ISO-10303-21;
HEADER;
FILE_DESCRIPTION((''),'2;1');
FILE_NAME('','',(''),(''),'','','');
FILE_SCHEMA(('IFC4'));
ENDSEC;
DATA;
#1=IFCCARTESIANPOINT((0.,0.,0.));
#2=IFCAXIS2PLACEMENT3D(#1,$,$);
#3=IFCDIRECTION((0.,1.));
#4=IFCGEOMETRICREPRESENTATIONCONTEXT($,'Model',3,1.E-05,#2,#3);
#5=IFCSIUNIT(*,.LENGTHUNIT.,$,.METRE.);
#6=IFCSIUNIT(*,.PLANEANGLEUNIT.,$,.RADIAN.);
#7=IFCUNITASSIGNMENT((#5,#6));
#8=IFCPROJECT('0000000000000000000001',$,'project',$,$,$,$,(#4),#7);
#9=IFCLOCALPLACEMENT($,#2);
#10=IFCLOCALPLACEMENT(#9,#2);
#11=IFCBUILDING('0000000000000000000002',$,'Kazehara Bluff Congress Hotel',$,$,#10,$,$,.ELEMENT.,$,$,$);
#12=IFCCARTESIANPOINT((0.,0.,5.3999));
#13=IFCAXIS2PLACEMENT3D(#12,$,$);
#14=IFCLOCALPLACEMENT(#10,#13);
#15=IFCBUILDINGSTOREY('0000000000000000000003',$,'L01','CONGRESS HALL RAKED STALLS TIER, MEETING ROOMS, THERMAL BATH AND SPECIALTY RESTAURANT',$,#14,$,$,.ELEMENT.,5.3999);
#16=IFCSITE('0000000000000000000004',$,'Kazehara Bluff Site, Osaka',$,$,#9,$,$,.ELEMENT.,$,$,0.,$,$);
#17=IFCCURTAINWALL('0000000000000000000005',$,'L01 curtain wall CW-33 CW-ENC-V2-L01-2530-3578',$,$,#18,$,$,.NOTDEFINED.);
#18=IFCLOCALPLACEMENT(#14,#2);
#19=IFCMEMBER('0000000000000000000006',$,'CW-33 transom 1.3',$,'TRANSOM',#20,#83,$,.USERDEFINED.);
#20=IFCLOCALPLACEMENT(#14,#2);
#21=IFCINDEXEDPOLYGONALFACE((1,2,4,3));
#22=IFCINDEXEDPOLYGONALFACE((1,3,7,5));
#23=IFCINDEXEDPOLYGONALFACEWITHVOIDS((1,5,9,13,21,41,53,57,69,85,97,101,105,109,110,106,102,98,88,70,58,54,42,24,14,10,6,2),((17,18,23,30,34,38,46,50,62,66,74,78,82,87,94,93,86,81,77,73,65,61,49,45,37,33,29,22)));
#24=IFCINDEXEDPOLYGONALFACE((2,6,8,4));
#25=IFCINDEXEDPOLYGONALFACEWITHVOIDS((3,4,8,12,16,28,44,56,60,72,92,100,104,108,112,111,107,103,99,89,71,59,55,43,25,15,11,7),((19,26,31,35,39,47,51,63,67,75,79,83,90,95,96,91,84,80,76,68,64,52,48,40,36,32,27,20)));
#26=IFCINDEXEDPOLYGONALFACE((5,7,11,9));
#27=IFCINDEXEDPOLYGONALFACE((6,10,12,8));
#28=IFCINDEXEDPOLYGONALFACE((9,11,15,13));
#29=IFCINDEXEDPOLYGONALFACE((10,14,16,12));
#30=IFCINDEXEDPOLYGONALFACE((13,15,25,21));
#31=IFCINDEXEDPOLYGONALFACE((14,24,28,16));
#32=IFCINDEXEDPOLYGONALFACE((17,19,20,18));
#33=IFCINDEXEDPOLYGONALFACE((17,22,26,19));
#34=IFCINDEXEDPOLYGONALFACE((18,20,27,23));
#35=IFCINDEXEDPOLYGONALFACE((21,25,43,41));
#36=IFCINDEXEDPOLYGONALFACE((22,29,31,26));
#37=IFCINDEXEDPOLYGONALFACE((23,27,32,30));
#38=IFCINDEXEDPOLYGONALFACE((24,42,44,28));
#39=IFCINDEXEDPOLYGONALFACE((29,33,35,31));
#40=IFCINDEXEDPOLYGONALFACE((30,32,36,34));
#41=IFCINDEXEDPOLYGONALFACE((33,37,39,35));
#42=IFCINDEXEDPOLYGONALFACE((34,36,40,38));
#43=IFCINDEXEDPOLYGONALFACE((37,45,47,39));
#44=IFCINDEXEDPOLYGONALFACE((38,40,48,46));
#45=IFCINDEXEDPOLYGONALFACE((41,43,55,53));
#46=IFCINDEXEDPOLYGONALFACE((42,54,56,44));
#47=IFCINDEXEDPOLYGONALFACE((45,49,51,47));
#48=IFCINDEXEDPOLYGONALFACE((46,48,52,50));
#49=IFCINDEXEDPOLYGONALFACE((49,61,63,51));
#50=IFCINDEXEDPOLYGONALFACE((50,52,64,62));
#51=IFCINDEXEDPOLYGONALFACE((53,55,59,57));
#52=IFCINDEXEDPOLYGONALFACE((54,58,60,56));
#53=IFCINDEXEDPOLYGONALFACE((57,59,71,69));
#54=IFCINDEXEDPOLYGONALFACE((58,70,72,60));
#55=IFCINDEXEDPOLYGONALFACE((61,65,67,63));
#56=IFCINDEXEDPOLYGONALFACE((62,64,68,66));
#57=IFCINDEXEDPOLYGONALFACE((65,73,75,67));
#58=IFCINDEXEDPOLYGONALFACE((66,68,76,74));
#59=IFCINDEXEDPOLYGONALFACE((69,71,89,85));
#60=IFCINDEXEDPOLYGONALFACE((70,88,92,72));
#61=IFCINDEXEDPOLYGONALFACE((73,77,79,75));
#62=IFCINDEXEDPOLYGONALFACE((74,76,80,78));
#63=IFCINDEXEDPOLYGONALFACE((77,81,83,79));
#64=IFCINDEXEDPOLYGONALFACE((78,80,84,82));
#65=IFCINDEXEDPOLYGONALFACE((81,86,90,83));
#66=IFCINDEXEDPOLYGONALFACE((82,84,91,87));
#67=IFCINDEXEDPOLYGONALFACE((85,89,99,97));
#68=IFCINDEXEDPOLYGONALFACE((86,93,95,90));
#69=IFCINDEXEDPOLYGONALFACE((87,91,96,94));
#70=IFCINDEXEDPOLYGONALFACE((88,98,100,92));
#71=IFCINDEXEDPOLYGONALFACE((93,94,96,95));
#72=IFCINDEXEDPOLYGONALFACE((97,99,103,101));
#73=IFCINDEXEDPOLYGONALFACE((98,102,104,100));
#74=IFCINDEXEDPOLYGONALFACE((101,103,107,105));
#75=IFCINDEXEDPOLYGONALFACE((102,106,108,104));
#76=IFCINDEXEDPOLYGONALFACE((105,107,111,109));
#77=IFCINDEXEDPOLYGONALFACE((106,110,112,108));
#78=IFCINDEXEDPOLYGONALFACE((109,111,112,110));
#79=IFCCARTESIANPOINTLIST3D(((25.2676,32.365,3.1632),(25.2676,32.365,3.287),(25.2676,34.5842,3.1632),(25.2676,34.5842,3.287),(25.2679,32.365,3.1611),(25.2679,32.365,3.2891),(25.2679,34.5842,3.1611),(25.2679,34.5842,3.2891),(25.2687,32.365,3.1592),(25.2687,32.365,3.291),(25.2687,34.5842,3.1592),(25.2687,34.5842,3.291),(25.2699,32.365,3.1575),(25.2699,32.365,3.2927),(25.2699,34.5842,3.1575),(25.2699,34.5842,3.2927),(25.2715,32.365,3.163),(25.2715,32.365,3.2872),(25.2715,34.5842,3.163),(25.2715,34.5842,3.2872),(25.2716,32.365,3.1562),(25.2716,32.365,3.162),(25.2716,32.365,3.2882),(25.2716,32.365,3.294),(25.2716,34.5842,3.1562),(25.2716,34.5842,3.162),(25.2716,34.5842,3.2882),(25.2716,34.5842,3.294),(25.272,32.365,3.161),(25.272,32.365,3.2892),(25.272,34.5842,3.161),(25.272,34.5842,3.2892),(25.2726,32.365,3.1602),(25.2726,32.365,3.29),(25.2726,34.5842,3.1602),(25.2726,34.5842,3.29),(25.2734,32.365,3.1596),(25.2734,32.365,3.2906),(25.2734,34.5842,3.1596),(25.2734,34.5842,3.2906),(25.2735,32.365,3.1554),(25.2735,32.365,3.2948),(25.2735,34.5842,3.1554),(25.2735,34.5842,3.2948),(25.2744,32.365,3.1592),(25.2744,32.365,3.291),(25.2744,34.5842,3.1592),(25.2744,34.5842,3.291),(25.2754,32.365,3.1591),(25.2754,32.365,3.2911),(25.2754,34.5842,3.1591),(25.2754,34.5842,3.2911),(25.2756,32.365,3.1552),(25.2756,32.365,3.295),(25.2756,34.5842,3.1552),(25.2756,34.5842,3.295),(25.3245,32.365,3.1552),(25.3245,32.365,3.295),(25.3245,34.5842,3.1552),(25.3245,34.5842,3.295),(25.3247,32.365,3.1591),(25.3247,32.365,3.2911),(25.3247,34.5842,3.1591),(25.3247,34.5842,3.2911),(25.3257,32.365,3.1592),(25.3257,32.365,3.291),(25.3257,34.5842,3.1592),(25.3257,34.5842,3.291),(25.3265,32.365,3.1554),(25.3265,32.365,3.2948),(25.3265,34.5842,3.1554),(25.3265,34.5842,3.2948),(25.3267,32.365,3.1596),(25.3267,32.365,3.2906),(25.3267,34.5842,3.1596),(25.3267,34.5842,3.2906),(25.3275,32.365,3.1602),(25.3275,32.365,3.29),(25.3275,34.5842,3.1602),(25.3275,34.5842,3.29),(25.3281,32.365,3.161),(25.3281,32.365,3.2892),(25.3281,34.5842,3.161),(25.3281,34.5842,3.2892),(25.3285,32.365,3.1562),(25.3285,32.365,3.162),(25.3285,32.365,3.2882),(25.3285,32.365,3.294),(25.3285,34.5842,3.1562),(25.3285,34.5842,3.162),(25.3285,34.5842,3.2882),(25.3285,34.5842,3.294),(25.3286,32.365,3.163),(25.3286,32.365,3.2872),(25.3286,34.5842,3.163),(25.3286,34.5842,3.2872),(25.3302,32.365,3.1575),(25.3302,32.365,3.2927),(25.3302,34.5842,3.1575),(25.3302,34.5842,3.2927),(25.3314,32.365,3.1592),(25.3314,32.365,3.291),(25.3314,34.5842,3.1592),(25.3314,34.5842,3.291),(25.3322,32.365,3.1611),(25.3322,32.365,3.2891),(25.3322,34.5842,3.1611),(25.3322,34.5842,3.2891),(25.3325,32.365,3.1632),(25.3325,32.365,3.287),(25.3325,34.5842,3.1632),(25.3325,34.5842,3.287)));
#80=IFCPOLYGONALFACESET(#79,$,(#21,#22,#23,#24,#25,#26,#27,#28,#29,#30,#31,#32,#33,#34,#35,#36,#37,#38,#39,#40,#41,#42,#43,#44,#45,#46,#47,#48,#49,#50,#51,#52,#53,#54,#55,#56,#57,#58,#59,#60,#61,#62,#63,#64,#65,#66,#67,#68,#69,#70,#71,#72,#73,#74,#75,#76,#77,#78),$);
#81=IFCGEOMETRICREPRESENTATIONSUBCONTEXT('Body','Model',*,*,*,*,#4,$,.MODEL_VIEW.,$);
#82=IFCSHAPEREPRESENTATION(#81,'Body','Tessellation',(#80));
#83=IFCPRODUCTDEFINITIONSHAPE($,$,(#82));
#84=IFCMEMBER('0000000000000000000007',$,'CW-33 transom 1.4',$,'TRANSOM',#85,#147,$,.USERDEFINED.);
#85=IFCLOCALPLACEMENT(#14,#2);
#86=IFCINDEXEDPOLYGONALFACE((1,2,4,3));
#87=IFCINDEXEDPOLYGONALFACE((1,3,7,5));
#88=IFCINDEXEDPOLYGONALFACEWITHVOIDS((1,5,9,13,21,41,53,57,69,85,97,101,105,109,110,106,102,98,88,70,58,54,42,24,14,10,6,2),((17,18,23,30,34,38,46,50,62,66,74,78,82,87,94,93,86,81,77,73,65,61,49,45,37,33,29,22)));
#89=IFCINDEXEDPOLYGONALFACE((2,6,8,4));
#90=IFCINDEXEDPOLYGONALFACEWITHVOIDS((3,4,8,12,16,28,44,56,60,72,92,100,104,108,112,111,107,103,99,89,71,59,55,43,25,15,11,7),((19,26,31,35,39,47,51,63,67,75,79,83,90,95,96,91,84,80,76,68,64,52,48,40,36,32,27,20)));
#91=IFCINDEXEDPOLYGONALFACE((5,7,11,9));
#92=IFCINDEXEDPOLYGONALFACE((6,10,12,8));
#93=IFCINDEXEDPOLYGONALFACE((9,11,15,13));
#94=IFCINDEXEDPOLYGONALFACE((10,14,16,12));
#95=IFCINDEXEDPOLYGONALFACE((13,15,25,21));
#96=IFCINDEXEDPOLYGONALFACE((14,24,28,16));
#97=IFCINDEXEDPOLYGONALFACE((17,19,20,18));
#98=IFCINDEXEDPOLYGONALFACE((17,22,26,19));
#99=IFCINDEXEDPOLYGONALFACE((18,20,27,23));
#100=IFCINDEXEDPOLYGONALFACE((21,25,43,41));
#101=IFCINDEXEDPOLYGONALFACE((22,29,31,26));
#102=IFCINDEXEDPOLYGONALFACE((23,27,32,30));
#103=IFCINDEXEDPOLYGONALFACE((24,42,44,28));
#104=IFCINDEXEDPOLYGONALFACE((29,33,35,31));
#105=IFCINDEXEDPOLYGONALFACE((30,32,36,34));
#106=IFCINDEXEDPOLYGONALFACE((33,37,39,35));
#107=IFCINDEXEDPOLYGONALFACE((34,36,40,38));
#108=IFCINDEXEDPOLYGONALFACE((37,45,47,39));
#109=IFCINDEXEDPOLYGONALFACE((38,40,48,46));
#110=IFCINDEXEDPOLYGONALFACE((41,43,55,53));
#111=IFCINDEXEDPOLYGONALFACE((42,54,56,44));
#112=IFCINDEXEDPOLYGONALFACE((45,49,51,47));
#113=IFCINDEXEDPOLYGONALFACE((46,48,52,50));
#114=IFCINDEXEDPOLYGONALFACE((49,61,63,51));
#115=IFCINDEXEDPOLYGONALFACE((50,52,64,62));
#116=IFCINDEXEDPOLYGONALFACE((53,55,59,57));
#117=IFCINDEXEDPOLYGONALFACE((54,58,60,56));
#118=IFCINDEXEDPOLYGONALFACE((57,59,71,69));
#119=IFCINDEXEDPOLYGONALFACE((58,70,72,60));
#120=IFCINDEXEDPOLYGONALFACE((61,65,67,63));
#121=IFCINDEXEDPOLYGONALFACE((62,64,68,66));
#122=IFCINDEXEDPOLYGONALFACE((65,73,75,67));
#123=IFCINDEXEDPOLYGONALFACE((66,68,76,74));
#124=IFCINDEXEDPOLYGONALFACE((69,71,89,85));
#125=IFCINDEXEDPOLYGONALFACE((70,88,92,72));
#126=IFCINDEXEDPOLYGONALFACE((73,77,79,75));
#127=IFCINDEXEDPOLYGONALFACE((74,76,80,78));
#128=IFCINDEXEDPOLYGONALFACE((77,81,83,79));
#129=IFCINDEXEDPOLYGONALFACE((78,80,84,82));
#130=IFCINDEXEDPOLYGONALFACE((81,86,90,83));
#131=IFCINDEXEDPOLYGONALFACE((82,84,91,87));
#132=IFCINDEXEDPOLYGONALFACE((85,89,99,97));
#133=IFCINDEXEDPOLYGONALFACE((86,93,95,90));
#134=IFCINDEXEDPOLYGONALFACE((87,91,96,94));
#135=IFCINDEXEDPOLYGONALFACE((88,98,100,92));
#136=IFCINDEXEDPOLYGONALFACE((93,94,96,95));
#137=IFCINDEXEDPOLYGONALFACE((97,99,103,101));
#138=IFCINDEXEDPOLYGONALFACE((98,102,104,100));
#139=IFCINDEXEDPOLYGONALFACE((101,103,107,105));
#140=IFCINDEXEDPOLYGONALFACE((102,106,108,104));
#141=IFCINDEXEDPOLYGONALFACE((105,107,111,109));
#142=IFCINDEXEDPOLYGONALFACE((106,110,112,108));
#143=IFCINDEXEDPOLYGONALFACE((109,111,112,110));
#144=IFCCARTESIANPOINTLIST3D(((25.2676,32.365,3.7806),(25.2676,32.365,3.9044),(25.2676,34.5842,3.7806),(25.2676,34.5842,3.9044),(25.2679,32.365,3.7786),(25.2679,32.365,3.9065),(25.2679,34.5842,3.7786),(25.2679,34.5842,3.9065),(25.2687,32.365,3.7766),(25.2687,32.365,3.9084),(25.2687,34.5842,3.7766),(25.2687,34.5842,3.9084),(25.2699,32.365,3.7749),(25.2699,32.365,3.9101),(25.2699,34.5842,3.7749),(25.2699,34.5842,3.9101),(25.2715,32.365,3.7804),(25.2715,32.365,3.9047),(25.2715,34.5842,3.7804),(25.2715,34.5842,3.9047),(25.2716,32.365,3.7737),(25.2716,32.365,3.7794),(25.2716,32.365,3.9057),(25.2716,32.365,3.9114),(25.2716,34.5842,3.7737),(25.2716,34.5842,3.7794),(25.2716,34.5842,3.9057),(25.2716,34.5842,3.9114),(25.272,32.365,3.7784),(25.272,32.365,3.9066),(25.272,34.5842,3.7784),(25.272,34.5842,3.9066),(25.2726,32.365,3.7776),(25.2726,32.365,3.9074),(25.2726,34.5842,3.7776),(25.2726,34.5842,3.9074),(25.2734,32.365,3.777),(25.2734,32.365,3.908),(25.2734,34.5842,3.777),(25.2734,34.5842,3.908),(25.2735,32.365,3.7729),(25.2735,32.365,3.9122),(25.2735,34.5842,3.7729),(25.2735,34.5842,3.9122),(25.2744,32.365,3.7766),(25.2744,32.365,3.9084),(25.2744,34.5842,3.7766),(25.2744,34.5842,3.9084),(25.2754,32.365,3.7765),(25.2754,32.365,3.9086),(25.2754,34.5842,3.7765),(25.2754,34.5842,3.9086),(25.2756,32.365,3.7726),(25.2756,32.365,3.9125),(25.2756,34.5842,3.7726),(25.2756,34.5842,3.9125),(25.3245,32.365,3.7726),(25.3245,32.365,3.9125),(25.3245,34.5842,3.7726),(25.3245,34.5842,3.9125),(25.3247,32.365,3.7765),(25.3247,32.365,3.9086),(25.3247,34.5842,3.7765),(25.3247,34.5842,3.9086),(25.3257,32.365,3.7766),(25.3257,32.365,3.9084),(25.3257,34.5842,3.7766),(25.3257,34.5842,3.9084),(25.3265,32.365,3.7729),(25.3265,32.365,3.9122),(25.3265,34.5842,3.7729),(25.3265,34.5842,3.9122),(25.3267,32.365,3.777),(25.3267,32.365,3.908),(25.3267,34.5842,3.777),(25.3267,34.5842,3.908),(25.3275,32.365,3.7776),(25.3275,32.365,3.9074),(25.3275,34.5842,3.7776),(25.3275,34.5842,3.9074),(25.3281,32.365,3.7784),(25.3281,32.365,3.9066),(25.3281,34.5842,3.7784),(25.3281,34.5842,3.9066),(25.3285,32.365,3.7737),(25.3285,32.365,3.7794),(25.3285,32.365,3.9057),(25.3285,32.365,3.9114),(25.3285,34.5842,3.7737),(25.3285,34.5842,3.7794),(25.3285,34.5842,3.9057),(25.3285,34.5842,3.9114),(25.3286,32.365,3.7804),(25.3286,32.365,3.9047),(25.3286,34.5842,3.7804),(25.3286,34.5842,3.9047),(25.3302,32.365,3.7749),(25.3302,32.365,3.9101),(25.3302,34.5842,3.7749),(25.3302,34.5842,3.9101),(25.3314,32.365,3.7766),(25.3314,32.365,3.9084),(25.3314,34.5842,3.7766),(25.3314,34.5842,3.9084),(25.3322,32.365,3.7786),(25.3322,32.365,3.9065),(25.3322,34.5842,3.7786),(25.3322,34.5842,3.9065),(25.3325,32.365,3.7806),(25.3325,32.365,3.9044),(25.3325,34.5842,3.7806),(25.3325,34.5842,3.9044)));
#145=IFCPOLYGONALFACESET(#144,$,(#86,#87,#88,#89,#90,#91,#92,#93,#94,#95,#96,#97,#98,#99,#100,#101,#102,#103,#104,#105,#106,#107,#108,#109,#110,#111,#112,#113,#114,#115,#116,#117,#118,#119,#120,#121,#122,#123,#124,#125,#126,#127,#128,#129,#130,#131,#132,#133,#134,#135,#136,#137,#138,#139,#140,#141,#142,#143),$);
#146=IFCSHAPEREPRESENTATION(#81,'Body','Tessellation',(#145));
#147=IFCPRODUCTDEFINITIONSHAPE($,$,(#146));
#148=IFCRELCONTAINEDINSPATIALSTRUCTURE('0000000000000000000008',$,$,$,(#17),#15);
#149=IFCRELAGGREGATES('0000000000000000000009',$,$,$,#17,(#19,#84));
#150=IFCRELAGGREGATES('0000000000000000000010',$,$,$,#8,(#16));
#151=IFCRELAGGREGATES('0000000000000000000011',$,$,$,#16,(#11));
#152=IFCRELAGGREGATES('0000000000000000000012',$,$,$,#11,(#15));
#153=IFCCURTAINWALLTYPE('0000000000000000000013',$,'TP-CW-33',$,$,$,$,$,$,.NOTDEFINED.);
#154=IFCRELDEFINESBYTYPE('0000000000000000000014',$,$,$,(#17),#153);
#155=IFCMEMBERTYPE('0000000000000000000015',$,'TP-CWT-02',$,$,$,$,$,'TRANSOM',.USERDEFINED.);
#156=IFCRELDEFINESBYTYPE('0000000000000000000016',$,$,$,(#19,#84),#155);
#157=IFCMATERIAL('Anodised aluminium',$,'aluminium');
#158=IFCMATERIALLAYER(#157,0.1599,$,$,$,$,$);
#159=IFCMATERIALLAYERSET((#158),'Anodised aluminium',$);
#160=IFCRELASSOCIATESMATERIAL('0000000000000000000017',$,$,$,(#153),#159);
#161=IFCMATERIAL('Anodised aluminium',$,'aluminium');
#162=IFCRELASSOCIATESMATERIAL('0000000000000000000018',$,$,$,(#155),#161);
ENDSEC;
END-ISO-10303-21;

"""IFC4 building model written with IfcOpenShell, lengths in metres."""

from ifc_helpers import new_model, si_unit, direction, frame, origin, origin_2d, place, context, subcontext, project, spatial, hollow_rectangle, extrude, material, layer, layer_set, material_profile, profile_set, type_object, element, aggregate, save


model = new_model("IFC4")

# Units and contexts
model_context = context("Model", 3, precision=1e-05, world=origin(), true_north=direction((0.0, 1.0)))
body_context = subcontext(model_context, "Body", "Model", "MODEL_VIEW")
ifc_project = project(units=[si_unit("LENGTHUNIT", "METRE"), si_unit("PLANEANGLEUNIT", "RADIAN")], contexts=[model_context])

# Site, building, storey
site_placement = place(None, origin())
site = spatial("IfcSite", under=ifc_project, at=site_placement, Name="Kazehara Bluff Site, Osaka", CompositionType="ELEMENT", RefElevation=0.0)
building_placement = place(site_placement, origin())
building = spatial("IfcBuilding", under=site, at=building_placement, Name="Kazehara Bluff Congress Hotel", CompositionType="ELEMENT")
storey_placement = place(building_placement, frame((0.0, 0.0, 5.3999)))
storey = spatial("IfcBuildingStorey", under=building, at=storey_placement, Name="L01", Description="CONGRESS HALL RAKED STALLS TIER, MEETING ROOMS, THERMAL BATH AND SPECIALTY RESTAURANT", CompositionType="ELEMENT", Elevation=5.3999)

# Curtain wall
ifc_material_1 = material(Name="Anodised aluminium", Category="aluminium")
ifc_layer_1 = layer(ifc_material_1, 0.1599)
ifc_layer_set_1 = layer_set([ifc_layer_1], Name="Anodised aluminium")
curtain_wall_type_1 = type_object("IfcCurtainWallType", Name="TP-CW-33", PredefinedType="NOTDEFINED", material=ifc_layer_set_1)
curtain_wall_1_placement = place(storey_placement, origin())
curtain_wall_1 = element("IfcCurtainWall", 1, at=curtain_wall_1_placement, inside=storey, type_object=curtain_wall_type_1, Name="L01 curtain wall CW-33 CW-ENC-V2-L01-2530-3578", PredefinedType="NOTDEFINED")

# Members
ifc_material_2 = material(Name="Anodised aluminium", Category="aluminium")
ifc_material_profile_1 = material_profile(ifc_material_2, hollow_rectangle(XDim=0.0649, YDim=0.1399, WallThickness=0.0039, InnerFilletRadius=0.0039, OuterFilletRadius=0.0081, at=origin_2d()))
ifc_profile_set_1 = profile_set([ifc_material_profile_1], Name="Anodised aluminium")
member_type_1 = type_object("IfcMemberType", Name="TP-CWT-02", ElementType="TRANSOM", PredefinedType="USERDEFINED", material=ifc_profile_set_1)
member_1_placement = place(storey_placement, frame((25.3, 32.365, 3.2251), z_axis=(0.0, 1.0, 0.0), x_axis=(-1.0, 0.0, 0.0)))
member_1 = element("IfcMember", 2, at=member_1_placement, type_object=member_type_1, Name="CW-33 transom 1.3", ObjectType="TRANSOM", PredefinedType="USERDEFINED", context=body_context, shape_type="SweptSolid", body=[
    extrude(hollow_rectangle(XDim=0.0649, YDim=0.1399, WallThickness=0.0039, InnerFilletRadius=0.0039, OuterFilletRadius=0.0081, at=origin_2d()), origin(), (0.0, 0.0, 1.0), 2.2192),
])
member_2_placement = place(storey_placement, frame((25.3, 32.365, 3.8425), z_axis=(0.0, 1.0, 0.0), x_axis=(-1.0, 0.0, 0.0)))
member_2 = element("IfcMember", 3, at=member_2_placement, type_object=member_type_1, Name="CW-33 transom 1.4", ObjectType="TRANSOM", PredefinedType="USERDEFINED", context=body_context, shape_type="SweptSolid", body=[
    extrude(hollow_rectangle(XDim=0.0649, YDim=0.1399, WallThickness=0.0039, InnerFilletRadius=0.0039, OuterFilletRadius=0.0081, at=origin_2d()), origin(), (0.0, 0.0, 1.0), 2.2192),
])

aggregate(curtain_wall_1, [member_1, member_2])

save(model, "model.ifc")
